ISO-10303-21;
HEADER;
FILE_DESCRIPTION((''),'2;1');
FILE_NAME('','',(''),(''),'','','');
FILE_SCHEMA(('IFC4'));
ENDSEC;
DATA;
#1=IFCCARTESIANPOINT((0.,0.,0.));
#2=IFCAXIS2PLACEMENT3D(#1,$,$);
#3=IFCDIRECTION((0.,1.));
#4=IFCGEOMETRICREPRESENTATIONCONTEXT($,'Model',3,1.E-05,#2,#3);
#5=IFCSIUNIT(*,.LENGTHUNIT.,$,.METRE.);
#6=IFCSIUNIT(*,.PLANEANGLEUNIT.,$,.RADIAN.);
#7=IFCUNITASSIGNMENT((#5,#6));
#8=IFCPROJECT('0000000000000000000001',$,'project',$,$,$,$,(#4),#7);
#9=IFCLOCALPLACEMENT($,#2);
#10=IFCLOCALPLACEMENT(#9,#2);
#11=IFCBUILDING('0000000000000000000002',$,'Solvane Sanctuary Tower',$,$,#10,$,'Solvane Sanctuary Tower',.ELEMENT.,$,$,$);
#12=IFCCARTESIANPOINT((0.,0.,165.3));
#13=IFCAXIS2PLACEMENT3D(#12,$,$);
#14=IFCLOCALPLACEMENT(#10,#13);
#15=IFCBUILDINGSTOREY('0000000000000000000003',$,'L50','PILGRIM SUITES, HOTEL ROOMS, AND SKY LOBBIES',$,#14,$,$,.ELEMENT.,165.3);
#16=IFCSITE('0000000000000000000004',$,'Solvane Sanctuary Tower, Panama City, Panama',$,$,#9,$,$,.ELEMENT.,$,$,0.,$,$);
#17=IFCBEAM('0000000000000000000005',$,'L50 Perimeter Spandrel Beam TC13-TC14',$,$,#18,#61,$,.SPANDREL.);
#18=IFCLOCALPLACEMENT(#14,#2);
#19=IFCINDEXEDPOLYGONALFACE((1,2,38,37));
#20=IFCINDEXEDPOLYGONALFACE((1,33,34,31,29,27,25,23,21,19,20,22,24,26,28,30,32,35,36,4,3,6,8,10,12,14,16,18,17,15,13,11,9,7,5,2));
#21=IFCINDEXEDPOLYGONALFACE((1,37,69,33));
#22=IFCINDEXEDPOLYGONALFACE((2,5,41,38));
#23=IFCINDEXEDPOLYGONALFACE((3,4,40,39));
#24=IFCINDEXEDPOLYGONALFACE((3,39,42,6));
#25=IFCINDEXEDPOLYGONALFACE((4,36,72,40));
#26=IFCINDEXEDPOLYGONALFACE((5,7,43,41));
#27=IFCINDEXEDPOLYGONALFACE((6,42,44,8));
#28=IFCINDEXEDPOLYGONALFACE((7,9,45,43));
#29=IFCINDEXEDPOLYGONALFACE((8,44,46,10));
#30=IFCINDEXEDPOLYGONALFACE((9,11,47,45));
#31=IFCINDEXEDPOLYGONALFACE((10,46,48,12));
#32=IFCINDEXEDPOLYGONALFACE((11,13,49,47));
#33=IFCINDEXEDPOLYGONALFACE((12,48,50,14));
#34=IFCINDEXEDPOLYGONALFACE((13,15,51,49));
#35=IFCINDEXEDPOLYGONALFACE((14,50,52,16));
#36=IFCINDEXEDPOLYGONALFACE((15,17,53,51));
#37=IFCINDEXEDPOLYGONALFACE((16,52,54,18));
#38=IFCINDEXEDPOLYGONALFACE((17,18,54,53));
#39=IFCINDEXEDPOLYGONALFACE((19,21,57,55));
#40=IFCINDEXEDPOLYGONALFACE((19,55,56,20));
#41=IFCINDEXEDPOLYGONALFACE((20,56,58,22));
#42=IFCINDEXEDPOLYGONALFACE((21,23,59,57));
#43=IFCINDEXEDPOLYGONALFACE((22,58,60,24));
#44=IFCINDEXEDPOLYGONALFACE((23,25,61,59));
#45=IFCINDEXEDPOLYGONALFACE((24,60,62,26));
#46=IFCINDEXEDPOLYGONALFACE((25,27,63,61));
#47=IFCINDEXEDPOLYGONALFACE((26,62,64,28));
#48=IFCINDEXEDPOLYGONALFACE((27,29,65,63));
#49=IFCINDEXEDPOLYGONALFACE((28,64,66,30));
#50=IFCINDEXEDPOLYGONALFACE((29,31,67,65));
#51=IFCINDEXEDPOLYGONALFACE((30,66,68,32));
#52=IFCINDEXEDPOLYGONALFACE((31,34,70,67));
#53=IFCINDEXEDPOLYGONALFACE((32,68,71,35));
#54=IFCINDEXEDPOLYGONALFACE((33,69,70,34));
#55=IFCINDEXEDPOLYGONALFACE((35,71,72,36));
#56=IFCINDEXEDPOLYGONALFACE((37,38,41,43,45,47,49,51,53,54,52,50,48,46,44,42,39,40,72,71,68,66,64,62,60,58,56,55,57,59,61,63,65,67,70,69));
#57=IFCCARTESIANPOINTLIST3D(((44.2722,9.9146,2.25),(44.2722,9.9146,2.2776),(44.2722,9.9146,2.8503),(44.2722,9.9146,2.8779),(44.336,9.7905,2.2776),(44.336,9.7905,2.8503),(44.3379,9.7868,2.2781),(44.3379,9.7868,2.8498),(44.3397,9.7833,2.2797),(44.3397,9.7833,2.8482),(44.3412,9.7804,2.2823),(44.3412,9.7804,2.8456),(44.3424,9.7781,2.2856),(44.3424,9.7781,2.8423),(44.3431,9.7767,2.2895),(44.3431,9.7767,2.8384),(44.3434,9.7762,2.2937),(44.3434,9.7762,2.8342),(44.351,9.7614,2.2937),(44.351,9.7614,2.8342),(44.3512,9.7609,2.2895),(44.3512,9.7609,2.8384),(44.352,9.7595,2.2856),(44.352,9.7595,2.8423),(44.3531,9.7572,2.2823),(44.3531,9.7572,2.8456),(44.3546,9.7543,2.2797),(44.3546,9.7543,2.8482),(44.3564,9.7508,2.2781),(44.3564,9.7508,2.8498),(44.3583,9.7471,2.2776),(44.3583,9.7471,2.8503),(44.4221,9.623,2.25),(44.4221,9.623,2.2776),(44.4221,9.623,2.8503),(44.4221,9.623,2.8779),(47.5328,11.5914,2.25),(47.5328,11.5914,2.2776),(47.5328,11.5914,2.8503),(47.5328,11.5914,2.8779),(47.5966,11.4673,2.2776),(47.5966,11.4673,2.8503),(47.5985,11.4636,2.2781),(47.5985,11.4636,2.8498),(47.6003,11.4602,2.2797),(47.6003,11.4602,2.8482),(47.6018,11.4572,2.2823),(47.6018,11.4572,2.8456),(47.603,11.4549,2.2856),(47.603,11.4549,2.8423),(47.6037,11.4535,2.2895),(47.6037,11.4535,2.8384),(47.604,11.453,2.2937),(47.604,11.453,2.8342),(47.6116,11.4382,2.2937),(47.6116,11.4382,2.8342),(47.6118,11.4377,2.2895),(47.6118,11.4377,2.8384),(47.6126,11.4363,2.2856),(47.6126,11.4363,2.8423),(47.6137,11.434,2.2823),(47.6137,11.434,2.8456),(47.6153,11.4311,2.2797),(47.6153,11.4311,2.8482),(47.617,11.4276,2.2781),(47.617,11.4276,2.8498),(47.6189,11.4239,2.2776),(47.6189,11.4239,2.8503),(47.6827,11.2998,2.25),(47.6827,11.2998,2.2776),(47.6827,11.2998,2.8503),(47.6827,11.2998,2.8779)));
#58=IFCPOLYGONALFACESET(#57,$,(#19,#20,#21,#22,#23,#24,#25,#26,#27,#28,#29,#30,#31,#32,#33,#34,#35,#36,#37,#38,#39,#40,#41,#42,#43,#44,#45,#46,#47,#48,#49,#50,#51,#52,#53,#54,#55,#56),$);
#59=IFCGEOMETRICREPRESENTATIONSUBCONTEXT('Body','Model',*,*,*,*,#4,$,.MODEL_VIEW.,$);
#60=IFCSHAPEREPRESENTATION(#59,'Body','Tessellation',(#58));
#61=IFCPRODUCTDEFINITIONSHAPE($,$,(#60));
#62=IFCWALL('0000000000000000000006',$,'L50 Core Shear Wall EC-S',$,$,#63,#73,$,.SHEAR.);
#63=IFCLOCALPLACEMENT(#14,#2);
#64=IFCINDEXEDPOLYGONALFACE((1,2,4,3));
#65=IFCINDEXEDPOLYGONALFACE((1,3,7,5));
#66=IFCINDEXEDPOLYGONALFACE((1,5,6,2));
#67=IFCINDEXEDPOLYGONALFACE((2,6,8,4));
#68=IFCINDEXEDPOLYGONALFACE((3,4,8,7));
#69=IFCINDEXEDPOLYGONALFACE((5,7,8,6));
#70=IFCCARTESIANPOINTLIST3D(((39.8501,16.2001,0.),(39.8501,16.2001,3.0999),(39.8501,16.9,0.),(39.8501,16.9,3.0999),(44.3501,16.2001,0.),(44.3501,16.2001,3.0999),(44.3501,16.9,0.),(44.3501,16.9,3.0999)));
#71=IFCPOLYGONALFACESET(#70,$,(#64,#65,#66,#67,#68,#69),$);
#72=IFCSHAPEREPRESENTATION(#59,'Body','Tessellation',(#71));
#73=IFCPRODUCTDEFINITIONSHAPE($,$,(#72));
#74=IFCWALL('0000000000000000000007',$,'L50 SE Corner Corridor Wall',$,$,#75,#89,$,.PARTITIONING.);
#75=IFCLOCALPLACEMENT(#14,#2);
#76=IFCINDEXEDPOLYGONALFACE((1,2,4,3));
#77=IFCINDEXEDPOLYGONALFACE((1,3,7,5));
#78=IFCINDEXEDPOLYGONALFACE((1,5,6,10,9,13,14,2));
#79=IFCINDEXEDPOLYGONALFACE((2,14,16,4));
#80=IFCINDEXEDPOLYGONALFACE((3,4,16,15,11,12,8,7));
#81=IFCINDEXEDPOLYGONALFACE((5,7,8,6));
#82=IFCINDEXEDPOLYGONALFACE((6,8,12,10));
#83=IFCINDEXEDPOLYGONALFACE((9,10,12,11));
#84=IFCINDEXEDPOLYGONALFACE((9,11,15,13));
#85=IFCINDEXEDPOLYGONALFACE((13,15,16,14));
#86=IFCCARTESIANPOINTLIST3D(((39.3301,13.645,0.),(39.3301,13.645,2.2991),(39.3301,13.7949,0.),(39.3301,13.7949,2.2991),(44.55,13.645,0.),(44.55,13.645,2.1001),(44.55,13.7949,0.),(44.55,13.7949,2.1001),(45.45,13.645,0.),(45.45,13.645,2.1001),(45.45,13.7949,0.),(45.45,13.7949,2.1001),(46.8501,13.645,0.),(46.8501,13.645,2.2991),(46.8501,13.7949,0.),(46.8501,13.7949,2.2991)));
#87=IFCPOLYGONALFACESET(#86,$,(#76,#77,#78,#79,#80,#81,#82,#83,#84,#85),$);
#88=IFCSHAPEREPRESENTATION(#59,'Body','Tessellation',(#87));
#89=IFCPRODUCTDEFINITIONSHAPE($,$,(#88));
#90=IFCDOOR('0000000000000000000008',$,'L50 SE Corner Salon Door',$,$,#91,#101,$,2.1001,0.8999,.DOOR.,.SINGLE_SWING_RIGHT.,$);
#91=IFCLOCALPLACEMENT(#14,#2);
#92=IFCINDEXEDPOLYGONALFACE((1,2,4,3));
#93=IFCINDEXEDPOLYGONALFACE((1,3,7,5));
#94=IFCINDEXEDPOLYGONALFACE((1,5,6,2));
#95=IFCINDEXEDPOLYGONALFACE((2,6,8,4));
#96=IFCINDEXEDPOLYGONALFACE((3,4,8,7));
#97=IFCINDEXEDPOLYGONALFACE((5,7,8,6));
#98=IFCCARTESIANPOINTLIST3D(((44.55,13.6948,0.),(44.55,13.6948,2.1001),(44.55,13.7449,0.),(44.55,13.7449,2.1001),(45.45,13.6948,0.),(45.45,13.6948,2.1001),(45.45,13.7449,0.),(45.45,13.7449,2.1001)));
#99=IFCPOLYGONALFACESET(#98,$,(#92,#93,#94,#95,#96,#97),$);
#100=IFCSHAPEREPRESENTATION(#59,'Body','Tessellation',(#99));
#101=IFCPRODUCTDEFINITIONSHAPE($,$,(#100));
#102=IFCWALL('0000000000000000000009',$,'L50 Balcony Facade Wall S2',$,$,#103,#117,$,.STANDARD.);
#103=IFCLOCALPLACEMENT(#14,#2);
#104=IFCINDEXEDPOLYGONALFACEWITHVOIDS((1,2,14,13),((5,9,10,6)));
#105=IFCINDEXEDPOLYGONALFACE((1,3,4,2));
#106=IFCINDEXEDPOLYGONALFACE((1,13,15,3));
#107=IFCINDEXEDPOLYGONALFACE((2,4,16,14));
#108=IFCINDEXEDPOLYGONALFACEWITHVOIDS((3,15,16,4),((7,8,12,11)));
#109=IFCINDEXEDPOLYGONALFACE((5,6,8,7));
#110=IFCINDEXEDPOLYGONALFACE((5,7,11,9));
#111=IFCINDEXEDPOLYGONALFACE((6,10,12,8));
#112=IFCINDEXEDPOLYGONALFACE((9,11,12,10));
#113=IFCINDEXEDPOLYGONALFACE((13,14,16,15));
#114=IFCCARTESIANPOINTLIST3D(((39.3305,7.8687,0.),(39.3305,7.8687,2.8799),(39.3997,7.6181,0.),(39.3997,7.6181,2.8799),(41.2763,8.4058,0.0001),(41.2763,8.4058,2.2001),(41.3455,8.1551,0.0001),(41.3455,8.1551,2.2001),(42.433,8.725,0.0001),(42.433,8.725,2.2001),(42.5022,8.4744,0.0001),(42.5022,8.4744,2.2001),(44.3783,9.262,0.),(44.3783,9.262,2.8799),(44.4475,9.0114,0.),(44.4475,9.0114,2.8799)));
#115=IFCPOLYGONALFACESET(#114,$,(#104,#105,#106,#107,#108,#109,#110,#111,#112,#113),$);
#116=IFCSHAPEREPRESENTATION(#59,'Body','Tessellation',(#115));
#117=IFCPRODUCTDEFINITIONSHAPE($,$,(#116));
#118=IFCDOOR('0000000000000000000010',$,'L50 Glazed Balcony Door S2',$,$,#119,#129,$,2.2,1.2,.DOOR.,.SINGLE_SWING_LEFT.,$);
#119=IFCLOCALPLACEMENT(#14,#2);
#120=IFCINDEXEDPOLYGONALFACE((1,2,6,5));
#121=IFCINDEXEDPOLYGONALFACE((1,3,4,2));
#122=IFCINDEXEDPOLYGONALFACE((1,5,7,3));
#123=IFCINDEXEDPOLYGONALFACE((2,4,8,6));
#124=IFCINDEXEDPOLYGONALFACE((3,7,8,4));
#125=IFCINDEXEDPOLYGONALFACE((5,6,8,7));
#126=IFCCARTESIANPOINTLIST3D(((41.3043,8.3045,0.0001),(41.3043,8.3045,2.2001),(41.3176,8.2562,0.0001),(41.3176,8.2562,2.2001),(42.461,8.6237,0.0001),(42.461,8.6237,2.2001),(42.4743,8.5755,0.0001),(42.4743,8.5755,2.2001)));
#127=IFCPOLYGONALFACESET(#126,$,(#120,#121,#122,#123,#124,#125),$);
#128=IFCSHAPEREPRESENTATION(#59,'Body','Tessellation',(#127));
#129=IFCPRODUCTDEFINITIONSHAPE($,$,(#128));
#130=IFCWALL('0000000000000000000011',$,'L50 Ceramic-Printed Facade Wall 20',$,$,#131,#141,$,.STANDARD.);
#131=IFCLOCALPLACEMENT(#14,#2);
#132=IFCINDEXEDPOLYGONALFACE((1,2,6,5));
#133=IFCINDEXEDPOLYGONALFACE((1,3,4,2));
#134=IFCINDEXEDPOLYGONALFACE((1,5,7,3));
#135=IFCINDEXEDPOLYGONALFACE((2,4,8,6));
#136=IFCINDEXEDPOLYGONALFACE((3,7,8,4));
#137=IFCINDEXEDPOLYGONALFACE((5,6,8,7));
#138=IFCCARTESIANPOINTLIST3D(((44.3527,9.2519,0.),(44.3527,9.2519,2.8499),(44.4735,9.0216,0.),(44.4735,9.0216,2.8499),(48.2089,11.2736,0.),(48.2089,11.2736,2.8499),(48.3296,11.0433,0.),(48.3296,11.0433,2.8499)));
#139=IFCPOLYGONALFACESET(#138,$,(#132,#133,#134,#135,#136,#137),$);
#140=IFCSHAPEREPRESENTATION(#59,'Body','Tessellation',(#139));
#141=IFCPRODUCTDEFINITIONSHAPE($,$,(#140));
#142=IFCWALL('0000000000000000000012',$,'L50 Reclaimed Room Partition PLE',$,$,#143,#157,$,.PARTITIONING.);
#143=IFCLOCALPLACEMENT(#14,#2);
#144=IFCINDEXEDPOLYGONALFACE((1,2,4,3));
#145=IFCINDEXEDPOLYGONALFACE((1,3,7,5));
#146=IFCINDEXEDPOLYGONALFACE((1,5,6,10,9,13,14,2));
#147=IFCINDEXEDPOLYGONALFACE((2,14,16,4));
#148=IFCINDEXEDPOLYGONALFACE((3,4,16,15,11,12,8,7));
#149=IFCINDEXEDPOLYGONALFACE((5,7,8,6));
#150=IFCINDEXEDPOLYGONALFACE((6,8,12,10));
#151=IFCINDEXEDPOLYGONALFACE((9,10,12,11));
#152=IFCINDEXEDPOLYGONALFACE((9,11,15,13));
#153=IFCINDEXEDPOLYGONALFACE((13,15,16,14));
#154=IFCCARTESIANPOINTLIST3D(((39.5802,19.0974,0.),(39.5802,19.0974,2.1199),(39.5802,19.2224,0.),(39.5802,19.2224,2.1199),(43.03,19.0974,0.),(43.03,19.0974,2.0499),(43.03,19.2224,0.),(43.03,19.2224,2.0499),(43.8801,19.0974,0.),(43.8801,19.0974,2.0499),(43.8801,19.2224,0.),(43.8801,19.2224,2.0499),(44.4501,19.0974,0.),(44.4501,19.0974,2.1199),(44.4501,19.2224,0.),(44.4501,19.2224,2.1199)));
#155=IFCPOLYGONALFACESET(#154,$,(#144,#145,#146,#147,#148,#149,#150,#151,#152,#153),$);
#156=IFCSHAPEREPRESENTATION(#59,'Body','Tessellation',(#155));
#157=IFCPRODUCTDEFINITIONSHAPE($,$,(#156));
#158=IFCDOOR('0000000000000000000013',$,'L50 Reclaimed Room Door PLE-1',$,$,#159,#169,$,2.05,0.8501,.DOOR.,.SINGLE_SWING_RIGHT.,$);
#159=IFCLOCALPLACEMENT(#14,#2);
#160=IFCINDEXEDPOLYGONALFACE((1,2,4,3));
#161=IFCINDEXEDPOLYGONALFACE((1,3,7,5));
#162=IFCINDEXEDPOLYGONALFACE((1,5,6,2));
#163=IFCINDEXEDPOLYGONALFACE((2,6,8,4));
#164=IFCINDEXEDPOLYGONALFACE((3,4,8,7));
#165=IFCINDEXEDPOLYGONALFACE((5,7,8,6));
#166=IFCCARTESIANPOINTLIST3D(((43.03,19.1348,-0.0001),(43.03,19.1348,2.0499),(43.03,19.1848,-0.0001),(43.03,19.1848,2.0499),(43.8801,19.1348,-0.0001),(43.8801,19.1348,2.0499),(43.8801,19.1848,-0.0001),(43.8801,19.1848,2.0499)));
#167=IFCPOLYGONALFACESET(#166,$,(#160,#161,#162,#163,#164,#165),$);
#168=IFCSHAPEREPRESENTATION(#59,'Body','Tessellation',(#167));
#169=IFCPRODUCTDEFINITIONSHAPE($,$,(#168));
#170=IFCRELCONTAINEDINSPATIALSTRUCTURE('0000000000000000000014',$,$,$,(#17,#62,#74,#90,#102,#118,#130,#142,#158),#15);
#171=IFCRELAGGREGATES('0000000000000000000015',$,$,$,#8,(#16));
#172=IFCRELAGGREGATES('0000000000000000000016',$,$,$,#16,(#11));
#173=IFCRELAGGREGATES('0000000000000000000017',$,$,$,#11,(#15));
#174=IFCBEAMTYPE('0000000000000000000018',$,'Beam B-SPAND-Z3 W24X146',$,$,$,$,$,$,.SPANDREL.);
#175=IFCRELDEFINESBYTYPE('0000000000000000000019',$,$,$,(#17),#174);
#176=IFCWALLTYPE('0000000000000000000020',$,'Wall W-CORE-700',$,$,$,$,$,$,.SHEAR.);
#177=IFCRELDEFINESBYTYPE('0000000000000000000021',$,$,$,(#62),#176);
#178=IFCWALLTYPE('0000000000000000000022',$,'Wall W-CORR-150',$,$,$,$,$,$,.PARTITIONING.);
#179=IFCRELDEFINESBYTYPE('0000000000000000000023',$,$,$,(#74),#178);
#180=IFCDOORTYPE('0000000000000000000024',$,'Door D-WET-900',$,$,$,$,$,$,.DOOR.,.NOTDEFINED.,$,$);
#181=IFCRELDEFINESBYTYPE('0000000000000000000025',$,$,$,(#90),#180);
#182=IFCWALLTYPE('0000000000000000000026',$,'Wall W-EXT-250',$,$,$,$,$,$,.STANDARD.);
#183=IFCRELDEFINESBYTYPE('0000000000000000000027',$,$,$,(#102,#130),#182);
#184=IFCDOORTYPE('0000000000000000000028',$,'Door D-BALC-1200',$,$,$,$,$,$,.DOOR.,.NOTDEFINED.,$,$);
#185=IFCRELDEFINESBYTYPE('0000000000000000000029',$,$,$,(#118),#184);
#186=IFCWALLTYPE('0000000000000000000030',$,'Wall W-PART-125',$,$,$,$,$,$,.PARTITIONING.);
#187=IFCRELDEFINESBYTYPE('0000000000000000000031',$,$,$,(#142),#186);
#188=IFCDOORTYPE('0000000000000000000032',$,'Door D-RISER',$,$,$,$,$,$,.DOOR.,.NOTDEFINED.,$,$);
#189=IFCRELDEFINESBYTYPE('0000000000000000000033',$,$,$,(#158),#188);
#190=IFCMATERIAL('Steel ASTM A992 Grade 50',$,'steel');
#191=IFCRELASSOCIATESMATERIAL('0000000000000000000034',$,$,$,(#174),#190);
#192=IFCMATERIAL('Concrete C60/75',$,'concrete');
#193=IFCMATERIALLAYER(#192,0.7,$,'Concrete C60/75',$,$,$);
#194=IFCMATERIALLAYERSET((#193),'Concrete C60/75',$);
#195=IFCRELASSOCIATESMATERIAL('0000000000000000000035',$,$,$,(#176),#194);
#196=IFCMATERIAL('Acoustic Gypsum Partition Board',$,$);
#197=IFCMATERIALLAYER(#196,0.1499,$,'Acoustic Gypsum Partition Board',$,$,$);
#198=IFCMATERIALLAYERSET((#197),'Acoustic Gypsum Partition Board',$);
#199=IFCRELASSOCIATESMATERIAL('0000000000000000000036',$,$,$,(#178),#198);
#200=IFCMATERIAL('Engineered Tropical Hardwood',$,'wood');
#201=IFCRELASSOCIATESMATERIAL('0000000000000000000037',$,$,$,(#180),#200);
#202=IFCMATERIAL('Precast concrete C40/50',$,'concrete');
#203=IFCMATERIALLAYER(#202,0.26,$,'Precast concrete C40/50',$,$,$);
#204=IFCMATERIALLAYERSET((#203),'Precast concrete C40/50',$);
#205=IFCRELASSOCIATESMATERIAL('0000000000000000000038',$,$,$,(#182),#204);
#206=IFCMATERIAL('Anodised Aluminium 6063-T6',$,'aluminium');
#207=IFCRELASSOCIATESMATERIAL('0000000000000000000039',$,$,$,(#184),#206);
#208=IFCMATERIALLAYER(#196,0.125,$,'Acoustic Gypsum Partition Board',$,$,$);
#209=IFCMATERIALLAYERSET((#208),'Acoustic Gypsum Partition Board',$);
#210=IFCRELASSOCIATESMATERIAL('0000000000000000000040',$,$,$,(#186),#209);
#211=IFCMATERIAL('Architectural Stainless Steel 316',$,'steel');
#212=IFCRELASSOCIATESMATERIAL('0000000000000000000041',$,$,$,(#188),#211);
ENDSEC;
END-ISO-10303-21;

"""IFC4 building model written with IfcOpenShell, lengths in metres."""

from ifc_helpers import new_model, si_unit, direction, frame, frame_2d, origin, origin_2d, place, context, subcontext, project, spatial, rectangle, i_section, extrude, material, layer, layer_set, material_profile, profile_set, type_object, element, fill, save


model = new_model("IFC4")

# Units and contexts
model_context = context("Model", 3, precision=1e-05, world=origin(), true_north=direction((0.0, 1.0)))
body_context = subcontext(model_context, "Body", "Model", "MODEL_VIEW")
ifc_project = project(units=[si_unit("LENGTHUNIT", "METRE"), si_unit("PLANEANGLEUNIT", "RADIAN")], contexts=[model_context])

# Site, building, storey
site_placement = place(None, origin())
site = spatial("IfcSite", under=ifc_project, at=site_placement, Name="Solvane Sanctuary Tower, Panama City, Panama", CompositionType="ELEMENT", RefElevation=0.0)
building_placement = place(site_placement, origin())
building = spatial("IfcBuilding", under=site, at=building_placement, Name="Solvane Sanctuary Tower", LongName="Solvane Sanctuary Tower", CompositionType="ELEMENT")
storey_placement = place(building_placement, frame((0.0, 0.0, 165.3)))
storey = spatial("IfcBuildingStorey", under=building, at=storey_placement, Name="L50", Description="PILGRIM SUITES, HOTEL ROOMS, AND SKY LOBBIES", CompositionType="ELEMENT", Elevation=165.3)

# Shared definitions
ifc_material_1 = material(Name="Concrete C60/75", Category="concrete")

# Beam
ifc_material_2 = material(Name="Steel ASTM A992 Grade 50", Category="steel")
ifc_material_profile_1 = material_profile(ifc_material_2, i_section(OverallWidth=0.3279, OverallDepth=0.6279, WebThickness=0.0166, FlangeThickness=0.0276, FilletRadius=0.0161, at=origin_2d()), Name="W24X146")
ifc_profile_set_1 = profile_set([ifc_material_profile_1], Name="Steel ASTM A992 Grade 50")
beam_type_1 = type_object("IfcBeamType", Name="Beam B-SPAND-Z3 W24X146", PredefinedType="SPANDREL", material=ifc_profile_set_1)
beam_1_placement = place(storey_placement, frame((44.3472, 9.7688, 2.564), z_axis=(0.889296, 0.457333, 0.0), x_axis=(-0.457333, 0.889296, 0.0)))
element("IfcBeam", 1, at=beam_1_placement, inside=storey, type_object=beam_type_1, Name="L50 Perimeter Spandrel Beam TC13-TC14", PredefinedType="SPANDREL", context=body_context, shape_type="SweptSolid", body=[
    extrude(i_section(OverallWidth=0.3279, OverallDepth=0.6279, WebThickness=0.0166, FlangeThickness=0.0276, FilletRadius=0.0161, at=origin_2d()), origin(), (0.0, 0.0, 1.0), 3.6665),
])

# Wall
ifc_layer_1 = layer(ifc_material_1, 0.7, Name="Concrete C60/75")
ifc_layer_set_1 = layer_set([ifc_layer_1], Name="Concrete C60/75")
wall_type_1 = type_object("IfcWallType", Name="Wall W-CORE-700", PredefinedType="SHEAR", material=ifc_layer_set_1)
wall_1_placement = place(storey_placement, frame((39.8501, 16.55, 0.0), z_axis=(0.0, 0.0, 1.0), x_axis=(1.0, 0.0, 0.0)))
element("IfcWall", 2, at=wall_1_placement, inside=storey, type_object=wall_type_1, Name="L50 Core Shear Wall EC-S", PredefinedType="SHEAR", context=body_context, shape_type="SweptSolid", body=[
    extrude(rectangle(XDim=4.5, YDim=0.7, at=frame_2d((2.25, 0.0))), origin(), (0.0, 0.0, 1.0), 3.0999),
])

# Walls, openings, doors
ifc_material_3 = material(Name="Acoustic Gypsum Partition Board")
ifc_layer_2 = layer(ifc_material_3, 0.1499, Name="Acoustic Gypsum Partition Board")
ifc_layer_set_2 = layer_set([ifc_layer_2], Name="Acoustic Gypsum Partition Board")
wall_type_2 = type_object("IfcWallType", Name="Wall W-CORR-150", PredefinedType="PARTITIONING", material=ifc_layer_set_2)
wall_2_placement = place(storey_placement, frame((39.3301, 13.72, 0.0), z_axis=(0.0, 0.0, 1.0), x_axis=(1.0, 0.0, 0.0)))
wall_2 = element("IfcWall", 3, at=wall_2_placement, inside=storey, type_object=wall_type_2, Name="L50 SE Corner Corridor Wall", PredefinedType="PARTITIONING", context=body_context, shape_type="SweptSolid", body=[
    extrude(rectangle(XDim=7.52, YDim=0.1499, at=frame_2d((3.76, 0.0))), origin(), (0.0, 0.0, 1.0), 2.2991),
])
opening_1_placement = place(wall_2_placement, frame((5.22, 0.0, 0.0)))
opening_1 = element("IfcOpeningElement", 4, at=opening_1_placement, cuts=wall_2, PredefinedType="OPENING", context=body_context, shape_type="SweptSolid", body=[
    extrude(rectangle(XDim=0.8999, YDim=2.1001, at=frame_2d((0.45, 1.05))), frame((0.0, 0.085, 0.0), z_axis=(0.0, -1.0, 0.0), x_axis=(1.0, 0.0, 0.0)), (0.0, 0.0, 1.0), 0.1699),
])
ifc_material_4 = material(Name="Engineered Tropical Hardwood", Category="wood")
door_type_1 = type_object("IfcDoorType", Name="Door D-WET-900", OperationType="NOTDEFINED", PredefinedType="DOOR", material=ifc_material_4)
door_1_placement = place(opening_1_placement, origin())
door_1 = element("IfcDoor", 5, at=door_1_placement, inside=storey, type_object=door_type_1, Name="L50 SE Corner Salon Door", OperationType="SINGLE_SWING_RIGHT", OverallHeight=2.1001, OverallWidth=0.8999, PredefinedType="DOOR", context=body_context, shape_type="SweptSolid", body=[
    extrude(rectangle(XDim=0.8999, YDim=2.1001, at=frame_2d((0.45, 1.05))), frame((0.0, 0.0249, 0.0), z_axis=(0.0, -1.0, 0.0), x_axis=(1.0, 0.0, 0.0)), (0.0, 0.0, 1.0), 0.05),
])
fill(opening_1, door_1)
ifc_material_5 = material(Name="Precast concrete C40/50", Category="concrete")
ifc_layer_3 = layer(ifc_material_5, 0.26, Name="Precast concrete C40/50")
ifc_layer_set_3 = layer_set([ifc_layer_3], Name="Precast concrete C40/50")
wall_type_3 = type_object("IfcWallType", Name="Wall W-EXT-250", PredefinedType="STANDARD", material=ifc_layer_set_3)
wall_3_placement = place(storey_placement, frame((39.3652, 7.7434, 0.0), z_axis=(0.0, 0.0, 1.0), x_axis=(0.963953, 0.266071, 0.0)))
wall_3 = element("IfcWall", 6, at=wall_3_placement, inside=storey, type_object=wall_type_3, Name="L50 Balcony Facade Wall S2", PredefinedType="STANDARD", context=body_context, shape_type="SweptSolid", body=[
    extrude(rectangle(XDim=5.2366, YDim=0.26, at=frame_2d((2.6182, 0.0))), origin(), (0.0, 0.0, 1.0), 2.8799),
])
opening_2_placement = place(wall_3_placement, frame((2.0183, 0.0, 0.0)))
opening_2 = element("IfcOpeningElement", 7, at=opening_2_placement, cuts=wall_3, PredefinedType="OPENING", context=body_context, shape_type="SweptSolid", body=[
    extrude(rectangle(XDim=1.2, YDim=2.2, at=frame_2d((0.6001, 1.1001))), frame((0.0, 0.1399, 0.0), z_axis=(0.0, -1.0, 0.0), x_axis=(1.0, 0.0, 0.0)), (0.0, 0.0, 1.0), 0.28),
])
ifc_material_6 = material(Name="Anodised Aluminium 6063-T6", Category="aluminium")
door_type_2 = type_object("IfcDoorType", Name="Door D-BALC-1200", OperationType="NOTDEFINED", PredefinedType="DOOR", material=ifc_material_6)
door_2_placement = place(opening_2_placement, origin())
door_2 = element("IfcDoor", 8, at=door_2_placement, inside=storey, type_object=door_type_2, Name="L50 Glazed Balcony Door S2", OperationType="SINGLE_SWING_LEFT", OverallHeight=2.2, OverallWidth=1.2, PredefinedType="DOOR", context=body_context, shape_type="SweptSolid", body=[
    extrude(rectangle(XDim=1.2, YDim=2.2, at=frame_2d((0.6001, 1.1001))), frame((0.0, 0.0249, 0.0), z_axis=(0.0, -1.0, 0.0), x_axis=(1.0, 0.0, 0.0)), (0.0, 0.0, 1.0), 0.05),
])
fill(opening_2, door_2)

# Wall
wall_4_placement = place(storey_placement, frame((44.4131, 9.1367, 0.0), z_axis=(0.0, 0.0, 1.0), x_axis=(0.88566, 0.464334, 0.0)))
element("IfcWall", 9, at=wall_4_placement, inside=storey, type_object=wall_type_3, Name="L50 Ceramic-Printed Facade Wall 20", PredefinedType="STANDARD", context=body_context, shape_type="SweptSolid", body=[
    extrude(rectangle(XDim=4.354, YDim=0.26, at=frame_2d((2.177, 0.0))), origin(), (0.0, 0.0, 1.0), 2.8499),
])

# Wall, opening, door
ifc_layer_4 = layer(ifc_material_3, 0.125, Name="Acoustic Gypsum Partition Board")
ifc_layer_set_4 = layer_set([ifc_layer_4], Name="Acoustic Gypsum Partition Board")
wall_type_4 = type_object("IfcWallType", Name="Wall W-PART-125", PredefinedType="PARTITIONING", material=ifc_layer_set_4)
wall_5_placement = place(storey_placement, frame((39.5801, 19.1599, 0.0), z_axis=(0.0, 0.0, 1.0), x_axis=(1.0, 0.0, 0.0)))
wall_5 = element("IfcWall", 10, at=wall_5_placement, inside=storey, type_object=wall_type_4, Name="L50 Reclaimed Room Partition PLE", PredefinedType="PARTITIONING", context=body_context, shape_type="SweptSolid", body=[
    extrude(rectangle(XDim=4.8699, YDim=0.125, at=frame_2d((2.4351, 0.0))), origin(), (0.0, 0.0, 1.0), 2.1199),
])
opening_3_placement = place(wall_5_placement, frame((3.45, 0.0, 0.0)))
opening_3 = element("IfcOpeningElement", 11, at=opening_3_placement, cuts=wall_5, PredefinedType="OPENING", context=body_context, shape_type="SweptSolid", body=[
    extrude(rectangle(XDim=0.8501, YDim=2.05, at=frame_2d((0.425, 1.0249))), frame((0.0, 0.0725, 0.0), z_axis=(0.0, -1.0, 0.0), x_axis=(1.0, 0.0, 0.0)), (0.0, 0.0, 1.0), 0.145),
])
ifc_material_7 = material(Name="Architectural Stainless Steel 316", Category="steel")
door_type_3 = type_object("IfcDoorType", Name="Door D-RISER", OperationType="NOTDEFINED", PredefinedType="DOOR", material=ifc_material_7)
door_3_placement = place(opening_3_placement, origin())
door_3 = element("IfcDoor", 12, at=door_3_placement, inside=storey, type_object=door_type_3, Name="L50 Reclaimed Room Door PLE-1", OperationType="SINGLE_SWING_RIGHT", OverallHeight=2.05, OverallWidth=0.8501, PredefinedType="DOOR", context=body_context, shape_type="SweptSolid", body=[
    extrude(rectangle(XDim=0.8501, YDim=2.05, at=frame_2d((0.425, 1.0249))), frame((0.0, 0.0249, 0.0), z_axis=(0.0, -1.0, 0.0), x_axis=(1.0, 0.0, 0.0)), (0.0, 0.0, 1.0), 0.05),
])
fill(opening_3, door_3)

save(model, "model.ifc")
